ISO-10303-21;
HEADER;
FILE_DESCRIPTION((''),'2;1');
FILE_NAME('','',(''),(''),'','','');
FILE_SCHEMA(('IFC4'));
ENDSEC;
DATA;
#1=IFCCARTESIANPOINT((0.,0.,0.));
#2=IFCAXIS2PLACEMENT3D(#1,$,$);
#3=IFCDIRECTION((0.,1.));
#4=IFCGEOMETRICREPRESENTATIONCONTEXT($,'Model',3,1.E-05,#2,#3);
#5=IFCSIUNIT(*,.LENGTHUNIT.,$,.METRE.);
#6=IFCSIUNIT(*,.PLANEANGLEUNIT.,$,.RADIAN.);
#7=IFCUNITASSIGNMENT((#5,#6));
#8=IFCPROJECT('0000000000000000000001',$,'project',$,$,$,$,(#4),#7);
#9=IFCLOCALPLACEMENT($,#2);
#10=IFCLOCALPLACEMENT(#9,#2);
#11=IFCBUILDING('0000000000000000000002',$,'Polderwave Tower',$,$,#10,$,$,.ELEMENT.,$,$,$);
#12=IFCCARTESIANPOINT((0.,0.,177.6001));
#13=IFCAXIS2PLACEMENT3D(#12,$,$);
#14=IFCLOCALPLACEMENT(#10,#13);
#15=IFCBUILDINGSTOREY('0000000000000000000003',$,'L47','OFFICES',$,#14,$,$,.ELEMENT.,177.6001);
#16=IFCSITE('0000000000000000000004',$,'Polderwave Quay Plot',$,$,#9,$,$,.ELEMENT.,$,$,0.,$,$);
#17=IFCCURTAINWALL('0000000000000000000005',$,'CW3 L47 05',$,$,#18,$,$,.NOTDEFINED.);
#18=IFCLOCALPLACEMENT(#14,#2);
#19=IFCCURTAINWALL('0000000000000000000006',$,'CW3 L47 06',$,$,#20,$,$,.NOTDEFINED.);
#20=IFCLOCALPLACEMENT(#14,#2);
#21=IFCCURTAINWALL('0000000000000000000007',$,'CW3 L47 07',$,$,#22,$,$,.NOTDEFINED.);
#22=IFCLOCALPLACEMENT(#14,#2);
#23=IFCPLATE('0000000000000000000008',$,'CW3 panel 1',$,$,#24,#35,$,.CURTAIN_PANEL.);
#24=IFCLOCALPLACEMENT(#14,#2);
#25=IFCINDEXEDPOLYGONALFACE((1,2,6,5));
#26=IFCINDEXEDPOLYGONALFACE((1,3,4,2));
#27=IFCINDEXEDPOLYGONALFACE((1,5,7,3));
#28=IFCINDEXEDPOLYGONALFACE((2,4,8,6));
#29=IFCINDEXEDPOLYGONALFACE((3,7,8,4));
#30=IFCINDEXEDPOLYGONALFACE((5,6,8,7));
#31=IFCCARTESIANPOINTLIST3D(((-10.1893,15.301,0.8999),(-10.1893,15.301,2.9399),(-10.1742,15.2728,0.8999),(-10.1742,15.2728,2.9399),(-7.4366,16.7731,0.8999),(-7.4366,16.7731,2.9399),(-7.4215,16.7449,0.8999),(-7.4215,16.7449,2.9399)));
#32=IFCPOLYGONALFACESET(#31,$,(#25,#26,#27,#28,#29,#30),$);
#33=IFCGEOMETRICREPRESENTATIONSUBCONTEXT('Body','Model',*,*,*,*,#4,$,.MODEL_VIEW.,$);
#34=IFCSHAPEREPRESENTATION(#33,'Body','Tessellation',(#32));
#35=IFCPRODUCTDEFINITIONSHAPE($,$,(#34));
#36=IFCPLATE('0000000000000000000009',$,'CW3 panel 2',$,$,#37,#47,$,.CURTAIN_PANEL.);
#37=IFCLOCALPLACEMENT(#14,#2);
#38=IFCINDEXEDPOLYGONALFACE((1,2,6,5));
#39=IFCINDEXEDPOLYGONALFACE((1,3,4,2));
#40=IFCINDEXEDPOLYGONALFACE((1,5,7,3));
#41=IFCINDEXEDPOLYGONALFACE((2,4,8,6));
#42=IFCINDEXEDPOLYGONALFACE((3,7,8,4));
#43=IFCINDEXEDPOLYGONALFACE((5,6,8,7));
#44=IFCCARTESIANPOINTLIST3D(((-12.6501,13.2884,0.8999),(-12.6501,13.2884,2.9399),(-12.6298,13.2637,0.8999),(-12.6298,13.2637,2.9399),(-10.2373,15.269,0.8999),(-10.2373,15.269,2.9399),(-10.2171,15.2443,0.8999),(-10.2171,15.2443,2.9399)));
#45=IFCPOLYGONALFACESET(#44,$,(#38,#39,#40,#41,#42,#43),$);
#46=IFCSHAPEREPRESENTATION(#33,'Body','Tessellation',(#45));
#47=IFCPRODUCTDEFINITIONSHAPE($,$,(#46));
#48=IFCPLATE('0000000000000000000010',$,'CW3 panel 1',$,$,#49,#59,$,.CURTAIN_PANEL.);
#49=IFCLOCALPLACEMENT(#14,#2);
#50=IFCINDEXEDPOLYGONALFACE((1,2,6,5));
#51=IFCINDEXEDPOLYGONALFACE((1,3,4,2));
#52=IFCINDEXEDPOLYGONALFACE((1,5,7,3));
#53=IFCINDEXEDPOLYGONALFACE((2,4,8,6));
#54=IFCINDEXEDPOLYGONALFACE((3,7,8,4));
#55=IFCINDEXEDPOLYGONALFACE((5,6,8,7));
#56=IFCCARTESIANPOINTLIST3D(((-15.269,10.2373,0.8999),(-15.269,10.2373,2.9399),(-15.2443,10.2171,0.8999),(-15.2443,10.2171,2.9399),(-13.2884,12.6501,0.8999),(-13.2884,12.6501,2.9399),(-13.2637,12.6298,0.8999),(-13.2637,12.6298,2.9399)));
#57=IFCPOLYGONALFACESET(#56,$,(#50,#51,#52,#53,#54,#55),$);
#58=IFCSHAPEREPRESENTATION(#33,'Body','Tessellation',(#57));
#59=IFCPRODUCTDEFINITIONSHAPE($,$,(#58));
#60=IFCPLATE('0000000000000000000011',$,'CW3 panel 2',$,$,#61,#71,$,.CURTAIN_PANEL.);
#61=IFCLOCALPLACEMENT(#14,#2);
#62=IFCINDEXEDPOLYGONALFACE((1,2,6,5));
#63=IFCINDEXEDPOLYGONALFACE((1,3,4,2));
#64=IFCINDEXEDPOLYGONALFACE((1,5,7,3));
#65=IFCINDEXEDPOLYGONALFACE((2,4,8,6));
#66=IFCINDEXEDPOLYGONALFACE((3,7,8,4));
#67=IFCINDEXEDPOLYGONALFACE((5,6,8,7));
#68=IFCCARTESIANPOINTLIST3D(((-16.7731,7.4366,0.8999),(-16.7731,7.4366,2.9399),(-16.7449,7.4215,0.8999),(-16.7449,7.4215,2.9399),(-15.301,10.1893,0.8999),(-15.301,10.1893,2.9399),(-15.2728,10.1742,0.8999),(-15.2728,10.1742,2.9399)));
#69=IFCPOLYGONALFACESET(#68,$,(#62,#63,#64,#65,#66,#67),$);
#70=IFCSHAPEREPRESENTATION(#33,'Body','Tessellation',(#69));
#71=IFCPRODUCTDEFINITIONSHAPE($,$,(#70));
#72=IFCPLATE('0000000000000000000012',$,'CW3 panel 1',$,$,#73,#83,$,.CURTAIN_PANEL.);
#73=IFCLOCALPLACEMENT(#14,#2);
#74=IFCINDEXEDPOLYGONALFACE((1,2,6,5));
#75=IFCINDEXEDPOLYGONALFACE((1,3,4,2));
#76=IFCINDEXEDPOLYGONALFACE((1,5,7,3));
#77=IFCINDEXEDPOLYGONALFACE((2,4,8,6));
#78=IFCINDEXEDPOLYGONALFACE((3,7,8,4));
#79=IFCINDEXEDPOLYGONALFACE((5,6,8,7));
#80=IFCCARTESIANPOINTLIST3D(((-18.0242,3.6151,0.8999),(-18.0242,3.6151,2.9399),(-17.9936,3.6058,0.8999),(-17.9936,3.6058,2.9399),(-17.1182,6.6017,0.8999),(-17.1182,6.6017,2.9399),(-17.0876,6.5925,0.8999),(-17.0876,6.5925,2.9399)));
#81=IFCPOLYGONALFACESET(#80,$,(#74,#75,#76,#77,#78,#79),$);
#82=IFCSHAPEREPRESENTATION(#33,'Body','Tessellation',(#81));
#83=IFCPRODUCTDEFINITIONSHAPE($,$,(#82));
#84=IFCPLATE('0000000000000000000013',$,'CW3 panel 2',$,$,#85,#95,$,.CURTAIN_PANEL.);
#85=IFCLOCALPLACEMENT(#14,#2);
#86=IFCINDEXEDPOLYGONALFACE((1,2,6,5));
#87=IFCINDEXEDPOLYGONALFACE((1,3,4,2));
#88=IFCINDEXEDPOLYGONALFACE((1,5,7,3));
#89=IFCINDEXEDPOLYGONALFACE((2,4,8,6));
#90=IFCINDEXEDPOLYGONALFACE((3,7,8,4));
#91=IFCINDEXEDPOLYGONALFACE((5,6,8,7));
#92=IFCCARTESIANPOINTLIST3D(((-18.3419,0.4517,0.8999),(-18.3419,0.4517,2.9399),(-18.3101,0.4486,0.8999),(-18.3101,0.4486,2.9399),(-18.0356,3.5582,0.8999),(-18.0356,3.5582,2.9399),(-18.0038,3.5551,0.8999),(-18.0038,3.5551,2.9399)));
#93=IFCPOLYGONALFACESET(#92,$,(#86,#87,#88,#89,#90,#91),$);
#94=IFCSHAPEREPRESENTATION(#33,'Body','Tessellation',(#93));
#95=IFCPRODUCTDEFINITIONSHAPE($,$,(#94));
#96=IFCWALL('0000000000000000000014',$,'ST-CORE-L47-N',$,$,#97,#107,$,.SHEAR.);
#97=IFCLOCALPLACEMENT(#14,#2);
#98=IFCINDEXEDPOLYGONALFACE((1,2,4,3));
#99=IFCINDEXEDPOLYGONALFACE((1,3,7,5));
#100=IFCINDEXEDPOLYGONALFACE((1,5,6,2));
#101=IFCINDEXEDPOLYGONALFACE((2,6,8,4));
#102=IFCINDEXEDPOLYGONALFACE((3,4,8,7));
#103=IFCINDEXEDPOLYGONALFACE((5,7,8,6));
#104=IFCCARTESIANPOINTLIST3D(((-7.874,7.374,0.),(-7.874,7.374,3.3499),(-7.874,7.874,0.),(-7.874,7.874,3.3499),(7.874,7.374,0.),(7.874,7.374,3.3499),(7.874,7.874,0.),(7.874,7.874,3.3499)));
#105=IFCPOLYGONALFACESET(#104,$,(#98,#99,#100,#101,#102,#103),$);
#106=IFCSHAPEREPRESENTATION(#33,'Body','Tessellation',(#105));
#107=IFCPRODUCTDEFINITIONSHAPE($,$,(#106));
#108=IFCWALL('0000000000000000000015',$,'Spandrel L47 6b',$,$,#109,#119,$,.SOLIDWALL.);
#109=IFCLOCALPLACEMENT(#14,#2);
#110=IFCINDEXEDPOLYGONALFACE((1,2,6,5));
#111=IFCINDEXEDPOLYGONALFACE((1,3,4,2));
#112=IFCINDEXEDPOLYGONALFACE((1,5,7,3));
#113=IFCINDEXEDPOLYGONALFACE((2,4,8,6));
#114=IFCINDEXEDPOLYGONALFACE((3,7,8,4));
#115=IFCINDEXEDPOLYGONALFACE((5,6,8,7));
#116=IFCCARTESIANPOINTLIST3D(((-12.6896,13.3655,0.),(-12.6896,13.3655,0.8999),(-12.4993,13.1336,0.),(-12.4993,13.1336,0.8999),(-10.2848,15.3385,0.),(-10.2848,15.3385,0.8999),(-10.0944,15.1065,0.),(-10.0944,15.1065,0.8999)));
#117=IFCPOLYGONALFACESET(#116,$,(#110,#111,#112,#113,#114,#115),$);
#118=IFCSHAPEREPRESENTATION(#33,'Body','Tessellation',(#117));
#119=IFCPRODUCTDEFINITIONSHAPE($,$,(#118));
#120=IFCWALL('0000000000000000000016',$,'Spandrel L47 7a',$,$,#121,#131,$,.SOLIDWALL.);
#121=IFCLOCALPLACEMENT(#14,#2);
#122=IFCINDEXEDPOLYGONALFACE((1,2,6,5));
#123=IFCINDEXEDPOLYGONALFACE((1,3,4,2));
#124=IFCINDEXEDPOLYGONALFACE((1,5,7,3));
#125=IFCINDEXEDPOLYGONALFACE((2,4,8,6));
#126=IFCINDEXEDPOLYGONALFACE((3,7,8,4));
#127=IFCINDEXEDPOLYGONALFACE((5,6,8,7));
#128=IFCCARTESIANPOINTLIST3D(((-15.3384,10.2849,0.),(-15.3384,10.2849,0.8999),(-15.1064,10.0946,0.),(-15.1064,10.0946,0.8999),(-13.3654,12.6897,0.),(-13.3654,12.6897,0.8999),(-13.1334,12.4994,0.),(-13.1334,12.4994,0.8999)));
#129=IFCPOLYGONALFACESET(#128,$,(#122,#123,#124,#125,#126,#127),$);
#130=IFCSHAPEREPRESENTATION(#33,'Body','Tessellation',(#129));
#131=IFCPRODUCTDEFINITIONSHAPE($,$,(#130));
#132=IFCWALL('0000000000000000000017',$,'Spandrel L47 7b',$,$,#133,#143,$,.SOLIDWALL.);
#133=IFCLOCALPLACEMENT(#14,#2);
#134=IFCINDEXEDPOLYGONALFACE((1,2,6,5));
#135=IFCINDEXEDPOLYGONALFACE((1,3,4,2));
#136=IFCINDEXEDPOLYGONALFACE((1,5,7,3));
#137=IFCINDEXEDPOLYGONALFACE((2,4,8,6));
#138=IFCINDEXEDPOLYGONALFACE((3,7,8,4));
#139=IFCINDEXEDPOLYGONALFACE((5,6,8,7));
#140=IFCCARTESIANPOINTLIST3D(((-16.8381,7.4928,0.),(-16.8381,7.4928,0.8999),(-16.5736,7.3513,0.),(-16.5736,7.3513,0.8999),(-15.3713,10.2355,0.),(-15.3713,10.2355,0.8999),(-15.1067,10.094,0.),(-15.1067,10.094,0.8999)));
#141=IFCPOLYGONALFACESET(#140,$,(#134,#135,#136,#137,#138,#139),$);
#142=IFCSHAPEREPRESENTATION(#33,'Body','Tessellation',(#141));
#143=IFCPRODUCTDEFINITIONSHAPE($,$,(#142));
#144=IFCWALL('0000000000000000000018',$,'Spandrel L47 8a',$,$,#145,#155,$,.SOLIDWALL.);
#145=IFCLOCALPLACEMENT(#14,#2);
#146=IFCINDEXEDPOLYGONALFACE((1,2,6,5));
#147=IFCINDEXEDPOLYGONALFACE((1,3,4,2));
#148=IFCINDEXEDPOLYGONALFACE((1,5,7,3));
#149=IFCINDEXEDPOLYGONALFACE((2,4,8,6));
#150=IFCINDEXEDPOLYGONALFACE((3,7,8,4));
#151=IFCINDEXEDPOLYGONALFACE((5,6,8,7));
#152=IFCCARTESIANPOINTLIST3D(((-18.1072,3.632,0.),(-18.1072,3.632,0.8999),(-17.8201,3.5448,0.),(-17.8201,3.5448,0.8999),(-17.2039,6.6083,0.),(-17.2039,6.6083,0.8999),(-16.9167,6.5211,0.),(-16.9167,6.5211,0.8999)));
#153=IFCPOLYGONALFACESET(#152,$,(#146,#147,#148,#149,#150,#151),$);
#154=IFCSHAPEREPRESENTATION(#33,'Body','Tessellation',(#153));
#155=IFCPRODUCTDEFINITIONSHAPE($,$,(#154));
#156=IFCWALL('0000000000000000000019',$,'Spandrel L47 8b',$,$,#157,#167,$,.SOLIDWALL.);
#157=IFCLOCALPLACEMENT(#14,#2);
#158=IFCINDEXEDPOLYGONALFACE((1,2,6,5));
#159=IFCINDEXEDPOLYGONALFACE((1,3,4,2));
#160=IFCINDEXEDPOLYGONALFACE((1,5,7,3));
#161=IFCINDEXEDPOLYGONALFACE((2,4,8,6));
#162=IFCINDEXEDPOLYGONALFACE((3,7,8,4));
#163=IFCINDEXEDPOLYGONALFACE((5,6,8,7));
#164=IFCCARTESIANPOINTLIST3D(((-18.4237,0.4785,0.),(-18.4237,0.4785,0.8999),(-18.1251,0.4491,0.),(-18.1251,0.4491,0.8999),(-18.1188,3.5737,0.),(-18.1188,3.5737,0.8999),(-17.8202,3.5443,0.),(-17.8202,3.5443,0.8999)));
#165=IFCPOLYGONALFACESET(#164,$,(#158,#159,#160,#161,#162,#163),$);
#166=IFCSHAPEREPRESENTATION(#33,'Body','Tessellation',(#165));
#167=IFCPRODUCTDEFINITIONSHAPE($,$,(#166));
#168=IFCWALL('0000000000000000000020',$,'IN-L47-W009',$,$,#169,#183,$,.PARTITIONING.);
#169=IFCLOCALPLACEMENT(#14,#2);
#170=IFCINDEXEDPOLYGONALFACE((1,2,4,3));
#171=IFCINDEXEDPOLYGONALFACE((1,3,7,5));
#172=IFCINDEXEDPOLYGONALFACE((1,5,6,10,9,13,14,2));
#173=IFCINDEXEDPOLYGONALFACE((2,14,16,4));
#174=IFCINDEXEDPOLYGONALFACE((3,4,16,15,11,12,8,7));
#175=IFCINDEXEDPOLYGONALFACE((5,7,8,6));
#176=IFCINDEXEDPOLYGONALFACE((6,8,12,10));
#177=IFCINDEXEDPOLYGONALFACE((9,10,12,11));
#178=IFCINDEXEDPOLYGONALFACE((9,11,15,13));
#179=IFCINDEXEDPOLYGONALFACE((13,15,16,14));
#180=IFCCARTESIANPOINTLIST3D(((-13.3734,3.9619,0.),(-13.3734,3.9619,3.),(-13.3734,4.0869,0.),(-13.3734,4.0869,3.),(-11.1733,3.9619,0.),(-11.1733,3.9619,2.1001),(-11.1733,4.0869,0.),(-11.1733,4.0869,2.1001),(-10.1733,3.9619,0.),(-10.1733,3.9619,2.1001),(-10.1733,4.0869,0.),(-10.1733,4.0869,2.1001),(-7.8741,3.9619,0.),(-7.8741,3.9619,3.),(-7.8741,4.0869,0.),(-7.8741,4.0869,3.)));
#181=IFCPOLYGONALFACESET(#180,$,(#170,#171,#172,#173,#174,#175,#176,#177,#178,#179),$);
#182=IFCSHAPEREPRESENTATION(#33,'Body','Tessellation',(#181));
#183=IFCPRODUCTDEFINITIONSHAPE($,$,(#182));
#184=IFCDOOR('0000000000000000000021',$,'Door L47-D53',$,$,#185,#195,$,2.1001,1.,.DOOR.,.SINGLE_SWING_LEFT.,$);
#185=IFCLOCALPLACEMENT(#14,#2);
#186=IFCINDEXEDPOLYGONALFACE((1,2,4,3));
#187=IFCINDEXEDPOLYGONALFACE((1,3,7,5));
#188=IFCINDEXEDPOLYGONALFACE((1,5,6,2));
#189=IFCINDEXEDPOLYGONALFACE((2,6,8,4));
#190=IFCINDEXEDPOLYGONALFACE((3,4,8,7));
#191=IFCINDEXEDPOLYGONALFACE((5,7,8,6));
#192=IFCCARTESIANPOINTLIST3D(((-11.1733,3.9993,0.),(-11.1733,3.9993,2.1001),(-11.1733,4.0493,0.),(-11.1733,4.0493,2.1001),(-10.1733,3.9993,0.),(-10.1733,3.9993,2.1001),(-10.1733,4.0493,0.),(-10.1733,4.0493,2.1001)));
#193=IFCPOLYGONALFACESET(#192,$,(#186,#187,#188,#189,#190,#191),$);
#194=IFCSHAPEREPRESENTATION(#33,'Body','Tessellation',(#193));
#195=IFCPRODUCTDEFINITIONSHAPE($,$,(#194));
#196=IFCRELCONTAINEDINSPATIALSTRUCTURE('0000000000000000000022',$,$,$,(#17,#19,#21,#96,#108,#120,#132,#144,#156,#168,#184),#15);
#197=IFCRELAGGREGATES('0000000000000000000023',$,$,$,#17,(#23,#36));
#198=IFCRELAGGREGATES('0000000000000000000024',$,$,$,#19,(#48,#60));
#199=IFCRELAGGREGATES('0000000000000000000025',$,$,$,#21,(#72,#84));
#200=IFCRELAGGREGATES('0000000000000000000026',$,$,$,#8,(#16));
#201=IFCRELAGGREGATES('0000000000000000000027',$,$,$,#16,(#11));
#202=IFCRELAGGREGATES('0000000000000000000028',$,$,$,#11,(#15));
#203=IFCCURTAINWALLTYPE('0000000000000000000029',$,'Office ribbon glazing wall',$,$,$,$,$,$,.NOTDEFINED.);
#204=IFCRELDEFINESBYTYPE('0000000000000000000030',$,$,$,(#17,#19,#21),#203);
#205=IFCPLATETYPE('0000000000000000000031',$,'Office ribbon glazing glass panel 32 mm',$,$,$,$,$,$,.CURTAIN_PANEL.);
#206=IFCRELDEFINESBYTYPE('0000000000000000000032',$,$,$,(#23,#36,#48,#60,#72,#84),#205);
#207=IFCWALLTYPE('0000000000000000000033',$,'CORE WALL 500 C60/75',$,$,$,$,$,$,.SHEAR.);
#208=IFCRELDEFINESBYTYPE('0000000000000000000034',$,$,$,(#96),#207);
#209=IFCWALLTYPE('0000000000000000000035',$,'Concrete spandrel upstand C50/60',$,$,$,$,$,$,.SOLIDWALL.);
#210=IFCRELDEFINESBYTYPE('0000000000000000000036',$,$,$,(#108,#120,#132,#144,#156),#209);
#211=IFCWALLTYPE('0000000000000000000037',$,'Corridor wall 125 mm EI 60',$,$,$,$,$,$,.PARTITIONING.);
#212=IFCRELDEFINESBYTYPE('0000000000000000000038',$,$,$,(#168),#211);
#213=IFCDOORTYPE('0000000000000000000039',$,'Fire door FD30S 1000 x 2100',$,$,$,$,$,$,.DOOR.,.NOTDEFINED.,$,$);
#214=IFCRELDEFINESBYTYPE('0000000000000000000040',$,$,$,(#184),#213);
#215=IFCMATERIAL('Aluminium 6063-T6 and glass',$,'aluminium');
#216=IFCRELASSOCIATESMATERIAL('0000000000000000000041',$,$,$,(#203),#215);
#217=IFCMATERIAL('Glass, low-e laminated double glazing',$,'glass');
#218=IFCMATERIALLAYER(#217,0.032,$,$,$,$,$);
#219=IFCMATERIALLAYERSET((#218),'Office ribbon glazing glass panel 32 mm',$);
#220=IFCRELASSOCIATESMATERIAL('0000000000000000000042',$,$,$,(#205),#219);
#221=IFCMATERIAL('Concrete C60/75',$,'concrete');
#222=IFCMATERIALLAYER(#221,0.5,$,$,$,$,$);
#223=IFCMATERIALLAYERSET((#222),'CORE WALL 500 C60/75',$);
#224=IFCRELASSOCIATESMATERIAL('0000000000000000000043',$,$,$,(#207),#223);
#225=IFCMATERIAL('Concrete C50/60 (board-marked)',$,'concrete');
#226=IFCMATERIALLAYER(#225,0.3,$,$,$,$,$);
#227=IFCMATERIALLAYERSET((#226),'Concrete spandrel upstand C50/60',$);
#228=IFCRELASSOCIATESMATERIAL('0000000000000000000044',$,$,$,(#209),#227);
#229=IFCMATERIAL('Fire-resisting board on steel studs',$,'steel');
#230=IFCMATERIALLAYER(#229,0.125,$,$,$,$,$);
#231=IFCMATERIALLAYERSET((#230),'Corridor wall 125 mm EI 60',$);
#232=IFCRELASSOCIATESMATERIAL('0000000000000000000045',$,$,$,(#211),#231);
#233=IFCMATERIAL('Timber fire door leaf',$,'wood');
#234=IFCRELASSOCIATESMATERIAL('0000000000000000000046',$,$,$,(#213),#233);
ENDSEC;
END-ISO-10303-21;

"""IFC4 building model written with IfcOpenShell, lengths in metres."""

from ifc_helpers import new_model, si_unit, direction, frame, frame_2d, origin, origin_2d, place, context, subcontext, project, spatial, rectangle, extrude, material, layer, layer_set, type_object, element, fill, aggregate, save


model = new_model("IFC4")

# Units and contexts
model_context = context("Model", 3, precision=1e-05, world=origin(), true_north=direction((0.0, 1.0)))
body_context = subcontext(model_context, "Body", "Model", "MODEL_VIEW")
ifc_project = project(units=[si_unit("LENGTHUNIT", "METRE"), si_unit("PLANEANGLEUNIT", "RADIAN")], contexts=[model_context])

# Site, building, storey
site_placement = place(None, origin())
site = spatial("IfcSite", under=ifc_project, at=site_placement, Name="Polderwave Quay Plot", CompositionType="ELEMENT", RefElevation=0.0)
building_placement = place(site_placement, origin())
building = spatial("IfcBuilding", under=site, at=building_placement, Name="Polderwave Tower", CompositionType="ELEMENT")
storey_placement = place(building_placement, frame((0.0, 0.0, 177.6001)))
storey = spatial("IfcBuildingStorey", under=building, at=storey_placement, Name="L47", Description="OFFICES", CompositionType="ELEMENT", Elevation=177.6001)

# Shared definitions
ifc_material_1 = material(Name="Concrete C60/75", Category="concrete")

# Curtain walls
ifc_material_2 = material(Name="Aluminium 6063-T6 and glass", Category="aluminium")
curtain_wall_type = type_object("IfcCurtainWallType", Name="Office ribbon glazing wall", PredefinedType="NOTDEFINED", material=ifc_material_2)
curtain_wall_1_placement = place(storey_placement, origin())
curtain_wall_1 = element("IfcCurtainWall", 1, at=curtain_wall_1_placement, inside=storey, type_object=curtain_wall_type, Name="CW3 L47 05", PredefinedType="NOTDEFINED")
curtain_wall_2_placement = place(storey_placement, origin())
curtain_wall_2 = element("IfcCurtainWall", 2, at=curtain_wall_2_placement, inside=storey, type_object=curtain_wall_type, Name="CW3 L47 06", PredefinedType="NOTDEFINED")
curtain_wall_3_placement = place(storey_placement, origin())
curtain_wall_3 = element("IfcCurtainWall", 3, at=curtain_wall_3_placement, inside=storey, type_object=curtain_wall_type, Name="CW3 L47 07", PredefinedType="NOTDEFINED")

# Plates
ifc_material_3 = material(Name="Glass, low-e laminated double glazing", Category="glass")
ifc_layer_1 = layer(ifc_material_3, 0.032)
ifc_layer_set_1 = layer_set([ifc_layer_1], Name="Office ribbon glazing glass panel 32 mm")
plate_type = type_object("IfcPlateType", Name="Office ribbon glazing glass panel 32 mm", PredefinedType="CURTAIN_PANEL", material=ifc_layer_set_1)
plate_1_placement = place(storey_placement, frame((-8.8054, 16.0229, 0.8999), z_axis=(0.0, 0.0, 1.0), x_axis=(-0.881834, -0.47156, 0.0)))
plate_1 = element("IfcPlate", 4, at=plate_1_placement, type_object=plate_type, Name="CW3 panel 1", PredefinedType="CURTAIN_PANEL", context=body_context, shape_type="SweptSolid", body=[
    extrude(rectangle(XDim=3.1216, YDim=0.032, at=origin_2d()), origin(), (0.0, 0.0, 1.0), 2.04),
])
plate_2_placement = place(storey_placement, frame((-11.4336, 14.2664, 0.8999), z_axis=(0.0, 0.0, 1.0), x_axis=(-0.772937, -0.634482, 0.0)))
plate_2 = element("IfcPlate", 5, at=plate_2_placement, type_object=plate_type, Name="CW3 panel 2", PredefinedType="CURTAIN_PANEL", context=body_context, shape_type="SweptSolid", body=[
    extrude(rectangle(XDim=3.1216, YDim=0.032, at=origin_2d()), origin(), (0.0, 0.0, 1.0), 2.04),
])
aggregate(curtain_wall_1, [plate_1, plate_2])
plate_3_placement = place(storey_placement, frame((-14.2664, 11.4336, 0.8999), z_axis=(0.0, 0.0, 1.0), x_axis=(-0.634482, -0.772937, 0.0)))
plate_3 = element("IfcPlate", 6, at=plate_3_placement, type_object=plate_type, Name="CW3 panel 1", PredefinedType="CURTAIN_PANEL", context=body_context, shape_type="SweptSolid", body=[
    extrude(rectangle(XDim=3.1216, YDim=0.032, at=origin_2d()), origin(), (0.0, 0.0, 1.0), 2.04),
])
plate_4_placement = place(storey_placement, frame((-16.0229, 8.8054, 0.8999), z_axis=(0.0, 0.0, 1.0), x_axis=(-0.47156, -0.881834, 0.0)))
plate_4 = element("IfcPlate", 7, at=plate_4_placement, type_object=plate_type, Name="CW3 panel 2", PredefinedType="CURTAIN_PANEL", context=body_context, shape_type="SweptSolid", body=[
    extrude(rectangle(XDim=3.1216, YDim=0.032, at=origin_2d()), origin(), (0.0, 0.0, 1.0), 2.04),
])
aggregate(curtain_wall_2, [plate_3, plate_4])
plate_5_placement = place(storey_placement, frame((-17.5559, 5.1038, 0.8999), z_axis=(0.0, 0.0, 1.0), x_axis=(-0.29029, -0.956939, 0.0)))
plate_5 = element("IfcPlate", 8, at=plate_5_placement, type_object=plate_type, Name="CW3 panel 1", PredefinedType="CURTAIN_PANEL", context=body_context, shape_type="SweptSolid", body=[
    extrude(rectangle(XDim=3.1211, YDim=0.032, at=origin_2d()), origin(), (0.0, 0.0, 1.0), 2.04),
])
plate_6_placement = place(storey_placement, frame((-18.1729, 2.0034, 0.8999), z_axis=(0.0, 0.0, 1.0), x_axis=(-0.09812, -0.995175, 0.0)))
plate_6 = element("IfcPlate", 9, at=plate_6_placement, type_object=plate_type, Name="CW3 panel 2", PredefinedType="CURTAIN_PANEL", context=body_context, shape_type="SweptSolid", body=[
    extrude(rectangle(XDim=3.1216, YDim=0.032, at=origin_2d()), origin(), (0.0, 0.0, 1.0), 2.04),
])
aggregate(curtain_wall_3, [plate_5, plate_6])

# Walls
ifc_layer_2 = layer(ifc_material_1, 0.5)
ifc_layer_set_2 = layer_set([ifc_layer_2], Name="CORE WALL 500 C60/75")
wall_type_1 = type_object("IfcWallType", Name="CORE WALL 500 C60/75", PredefinedType="SHEAR", material=ifc_layer_set_2)
wall_1_placement = place(storey_placement, frame((-7.874, 7.624, 0.0), z_axis=(0.0, 0.0, 1.0), x_axis=(1.0, 0.0, 0.0)))
element("IfcWall", 10, at=wall_1_placement, inside=storey, type_object=wall_type_1, Name="ST-CORE-L47-N", PredefinedType="SHEAR", context=body_context, shape_type="SweptSolid", body=[
    extrude(rectangle(XDim=15.748, YDim=0.5, at=frame_2d((7.874, 0.0))), origin(), (0.0, 0.0, 1.0), 3.3499),
])
ifc_material_4 = material(Name="Concrete C50/60 (board-marked)", Category="concrete")
ifc_layer_3 = layer(ifc_material_4, 0.3)
ifc_layer_set_3 = layer_set([ifc_layer_3], Name="Concrete spandrel upstand C50/60")
wall_type_2 = type_object("IfcWallType", Name="Concrete spandrel upstand C50/60", PredefinedType="SOLIDWALL", material=ifc_layer_set_3)
for number, where, z_axis, x_axis, name in (
    (11, (-10.1897, 15.2224, 0.0), (0.0, 0.0, 1.0), (-0.773114, -0.634267, 0.0), "Spandrel L47 6b"),
    (12, (-13.2495, 12.5945, 0.0), (0.0, 0.0, 1.0), (-0.634267, -0.773114, 0.0), "Spandrel L47 7a"),
):
    element("IfcWall", number, at=place(storey_placement, frame(where, z_axis=z_axis, x_axis=x_axis)), inside=storey, type_object=wall_type_2, Name=name, PredefinedType="SOLIDWALL", context=body_context, shape_type="SweptSolid", body=[
        extrude(rectangle(XDim=3.1106, YDim=0.3, at=frame_2d((1.5552, 0.0))), origin(), (0.0, 0.0, 1.0), 0.8999),
    ])
for number, where, z_axis, x_axis, name in (
    (13, (-15.239, 10.1648, 0.0), (0.0, 0.0, 1.0), (-0.471598, -0.881813, 0.0), "Spandrel L47 7b"),
    (14, (-17.0603, 6.5647, 0.0), (0.0, 0.0, 1.0), (-0.290421, -0.956899, 0.0), "Spandrel L47 8a"),
):
    element("IfcWall", number, at=place(storey_placement, frame(where, z_axis=z_axis, x_axis=x_axis)), inside=storey, type_object=wall_type_2, Name=name, PredefinedType="SOLIDWALL", context=body_context, shape_type="SweptSolid", body=[
        extrude(rectangle(XDim=3.1104, YDim=0.3, at=frame_2d((1.5552, 0.0))), origin(), (0.0, 0.0, 1.0), 0.8999),
    ])
wall_2_placement = place(storey_placement, frame((-17.9695, 3.5591, 0.0), z_axis=(0.0, 0.0, 1.0), x_axis=(-0.098042, -0.995182, 0.0)))
element("IfcWall", 15, at=wall_2_placement, inside=storey, type_object=wall_type_2, Name="Spandrel L47 8b", PredefinedType="SOLIDWALL", context=body_context, shape_type="SweptSolid", body=[
    extrude(rectangle(XDim=3.1101, YDim=0.3, at=frame_2d((1.5552, 0.0))), origin(), (0.0, 0.0, 1.0), 0.8999),
])

# Wall, opening, door
ifc_material_5 = material(Name="Fire-resisting board on steel studs", Category="steel")
ifc_layer_4 = layer(ifc_material_5, 0.125)
ifc_layer_set_4 = layer_set([ifc_layer_4], Name="Corridor wall 125 mm EI 60")
wall_type_3 = type_object("IfcWallType", Name="Corridor wall 125 mm EI 60", PredefinedType="PARTITIONING", material=ifc_layer_set_4)
wall_3_placement = place(storey_placement, frame((-13.3733, 4.0244, 0.0), z_axis=(0.0, 0.0, 1.0), x_axis=(1.0, 0.0, 0.0)))
wall_3 = element("IfcWall", 16, at=wall_3_placement, inside=storey, type_object=wall_type_3, Name="IN-L47-W009", PredefinedType="PARTITIONING", context=body_context, shape_type="SweptSolid", body=[
    extrude(rectangle(XDim=5.4993, YDim=0.125, at=frame_2d((2.7495, 0.0))), origin(), (0.0, 0.0, 1.0), 3.0),
])
opening_1_placement = place(wall_3_placement, frame((2.2, 0.0, 0.0)))
opening_1 = element("IfcOpeningElement", 17, at=opening_1_placement, cuts=wall_3, PredefinedType="OPENING", context=body_context, shape_type="SweptSolid", body=[
    extrude(rectangle(XDim=1.0, YDim=2.1001, at=frame_2d((0.5, 1.05))), frame((0.0, 0.0725, 0.0), z_axis=(0.0, -1.0, 0.0), x_axis=(1.0, 0.0, 0.0)), (0.0, 0.0, 1.0), 0.145),
])
ifc_material_6 = material(Name="Timber fire door leaf", Category="wood")
door_type_1 = type_object("IfcDoorType", Name="Fire door FD30S 1000 x 2100", OperationType="NOTDEFINED", PredefinedType="DOOR", material=ifc_material_6)
door_1_placement = place(opening_1_placement, origin())
door_1 = element("IfcDoor", 18, at=door_1_placement, inside=storey, type_object=door_type_1, Name="Door L47-D53", OperationType="SINGLE_SWING_LEFT", OverallHeight=2.1001, OverallWidth=1.0, PredefinedType="DOOR", context=body_context, shape_type="SweptSolid", body=[
    extrude(rectangle(XDim=1.0, YDim=2.1001, at=frame_2d((0.5, 1.05))), frame((0.0, 0.0249, 0.0), z_axis=(0.0, -1.0, 0.0), x_axis=(1.0, 0.0, 0.0)), (0.0, 0.0, 1.0), 0.05),
])
fill(opening_1, door_1)

save(model, "model.ifc")
